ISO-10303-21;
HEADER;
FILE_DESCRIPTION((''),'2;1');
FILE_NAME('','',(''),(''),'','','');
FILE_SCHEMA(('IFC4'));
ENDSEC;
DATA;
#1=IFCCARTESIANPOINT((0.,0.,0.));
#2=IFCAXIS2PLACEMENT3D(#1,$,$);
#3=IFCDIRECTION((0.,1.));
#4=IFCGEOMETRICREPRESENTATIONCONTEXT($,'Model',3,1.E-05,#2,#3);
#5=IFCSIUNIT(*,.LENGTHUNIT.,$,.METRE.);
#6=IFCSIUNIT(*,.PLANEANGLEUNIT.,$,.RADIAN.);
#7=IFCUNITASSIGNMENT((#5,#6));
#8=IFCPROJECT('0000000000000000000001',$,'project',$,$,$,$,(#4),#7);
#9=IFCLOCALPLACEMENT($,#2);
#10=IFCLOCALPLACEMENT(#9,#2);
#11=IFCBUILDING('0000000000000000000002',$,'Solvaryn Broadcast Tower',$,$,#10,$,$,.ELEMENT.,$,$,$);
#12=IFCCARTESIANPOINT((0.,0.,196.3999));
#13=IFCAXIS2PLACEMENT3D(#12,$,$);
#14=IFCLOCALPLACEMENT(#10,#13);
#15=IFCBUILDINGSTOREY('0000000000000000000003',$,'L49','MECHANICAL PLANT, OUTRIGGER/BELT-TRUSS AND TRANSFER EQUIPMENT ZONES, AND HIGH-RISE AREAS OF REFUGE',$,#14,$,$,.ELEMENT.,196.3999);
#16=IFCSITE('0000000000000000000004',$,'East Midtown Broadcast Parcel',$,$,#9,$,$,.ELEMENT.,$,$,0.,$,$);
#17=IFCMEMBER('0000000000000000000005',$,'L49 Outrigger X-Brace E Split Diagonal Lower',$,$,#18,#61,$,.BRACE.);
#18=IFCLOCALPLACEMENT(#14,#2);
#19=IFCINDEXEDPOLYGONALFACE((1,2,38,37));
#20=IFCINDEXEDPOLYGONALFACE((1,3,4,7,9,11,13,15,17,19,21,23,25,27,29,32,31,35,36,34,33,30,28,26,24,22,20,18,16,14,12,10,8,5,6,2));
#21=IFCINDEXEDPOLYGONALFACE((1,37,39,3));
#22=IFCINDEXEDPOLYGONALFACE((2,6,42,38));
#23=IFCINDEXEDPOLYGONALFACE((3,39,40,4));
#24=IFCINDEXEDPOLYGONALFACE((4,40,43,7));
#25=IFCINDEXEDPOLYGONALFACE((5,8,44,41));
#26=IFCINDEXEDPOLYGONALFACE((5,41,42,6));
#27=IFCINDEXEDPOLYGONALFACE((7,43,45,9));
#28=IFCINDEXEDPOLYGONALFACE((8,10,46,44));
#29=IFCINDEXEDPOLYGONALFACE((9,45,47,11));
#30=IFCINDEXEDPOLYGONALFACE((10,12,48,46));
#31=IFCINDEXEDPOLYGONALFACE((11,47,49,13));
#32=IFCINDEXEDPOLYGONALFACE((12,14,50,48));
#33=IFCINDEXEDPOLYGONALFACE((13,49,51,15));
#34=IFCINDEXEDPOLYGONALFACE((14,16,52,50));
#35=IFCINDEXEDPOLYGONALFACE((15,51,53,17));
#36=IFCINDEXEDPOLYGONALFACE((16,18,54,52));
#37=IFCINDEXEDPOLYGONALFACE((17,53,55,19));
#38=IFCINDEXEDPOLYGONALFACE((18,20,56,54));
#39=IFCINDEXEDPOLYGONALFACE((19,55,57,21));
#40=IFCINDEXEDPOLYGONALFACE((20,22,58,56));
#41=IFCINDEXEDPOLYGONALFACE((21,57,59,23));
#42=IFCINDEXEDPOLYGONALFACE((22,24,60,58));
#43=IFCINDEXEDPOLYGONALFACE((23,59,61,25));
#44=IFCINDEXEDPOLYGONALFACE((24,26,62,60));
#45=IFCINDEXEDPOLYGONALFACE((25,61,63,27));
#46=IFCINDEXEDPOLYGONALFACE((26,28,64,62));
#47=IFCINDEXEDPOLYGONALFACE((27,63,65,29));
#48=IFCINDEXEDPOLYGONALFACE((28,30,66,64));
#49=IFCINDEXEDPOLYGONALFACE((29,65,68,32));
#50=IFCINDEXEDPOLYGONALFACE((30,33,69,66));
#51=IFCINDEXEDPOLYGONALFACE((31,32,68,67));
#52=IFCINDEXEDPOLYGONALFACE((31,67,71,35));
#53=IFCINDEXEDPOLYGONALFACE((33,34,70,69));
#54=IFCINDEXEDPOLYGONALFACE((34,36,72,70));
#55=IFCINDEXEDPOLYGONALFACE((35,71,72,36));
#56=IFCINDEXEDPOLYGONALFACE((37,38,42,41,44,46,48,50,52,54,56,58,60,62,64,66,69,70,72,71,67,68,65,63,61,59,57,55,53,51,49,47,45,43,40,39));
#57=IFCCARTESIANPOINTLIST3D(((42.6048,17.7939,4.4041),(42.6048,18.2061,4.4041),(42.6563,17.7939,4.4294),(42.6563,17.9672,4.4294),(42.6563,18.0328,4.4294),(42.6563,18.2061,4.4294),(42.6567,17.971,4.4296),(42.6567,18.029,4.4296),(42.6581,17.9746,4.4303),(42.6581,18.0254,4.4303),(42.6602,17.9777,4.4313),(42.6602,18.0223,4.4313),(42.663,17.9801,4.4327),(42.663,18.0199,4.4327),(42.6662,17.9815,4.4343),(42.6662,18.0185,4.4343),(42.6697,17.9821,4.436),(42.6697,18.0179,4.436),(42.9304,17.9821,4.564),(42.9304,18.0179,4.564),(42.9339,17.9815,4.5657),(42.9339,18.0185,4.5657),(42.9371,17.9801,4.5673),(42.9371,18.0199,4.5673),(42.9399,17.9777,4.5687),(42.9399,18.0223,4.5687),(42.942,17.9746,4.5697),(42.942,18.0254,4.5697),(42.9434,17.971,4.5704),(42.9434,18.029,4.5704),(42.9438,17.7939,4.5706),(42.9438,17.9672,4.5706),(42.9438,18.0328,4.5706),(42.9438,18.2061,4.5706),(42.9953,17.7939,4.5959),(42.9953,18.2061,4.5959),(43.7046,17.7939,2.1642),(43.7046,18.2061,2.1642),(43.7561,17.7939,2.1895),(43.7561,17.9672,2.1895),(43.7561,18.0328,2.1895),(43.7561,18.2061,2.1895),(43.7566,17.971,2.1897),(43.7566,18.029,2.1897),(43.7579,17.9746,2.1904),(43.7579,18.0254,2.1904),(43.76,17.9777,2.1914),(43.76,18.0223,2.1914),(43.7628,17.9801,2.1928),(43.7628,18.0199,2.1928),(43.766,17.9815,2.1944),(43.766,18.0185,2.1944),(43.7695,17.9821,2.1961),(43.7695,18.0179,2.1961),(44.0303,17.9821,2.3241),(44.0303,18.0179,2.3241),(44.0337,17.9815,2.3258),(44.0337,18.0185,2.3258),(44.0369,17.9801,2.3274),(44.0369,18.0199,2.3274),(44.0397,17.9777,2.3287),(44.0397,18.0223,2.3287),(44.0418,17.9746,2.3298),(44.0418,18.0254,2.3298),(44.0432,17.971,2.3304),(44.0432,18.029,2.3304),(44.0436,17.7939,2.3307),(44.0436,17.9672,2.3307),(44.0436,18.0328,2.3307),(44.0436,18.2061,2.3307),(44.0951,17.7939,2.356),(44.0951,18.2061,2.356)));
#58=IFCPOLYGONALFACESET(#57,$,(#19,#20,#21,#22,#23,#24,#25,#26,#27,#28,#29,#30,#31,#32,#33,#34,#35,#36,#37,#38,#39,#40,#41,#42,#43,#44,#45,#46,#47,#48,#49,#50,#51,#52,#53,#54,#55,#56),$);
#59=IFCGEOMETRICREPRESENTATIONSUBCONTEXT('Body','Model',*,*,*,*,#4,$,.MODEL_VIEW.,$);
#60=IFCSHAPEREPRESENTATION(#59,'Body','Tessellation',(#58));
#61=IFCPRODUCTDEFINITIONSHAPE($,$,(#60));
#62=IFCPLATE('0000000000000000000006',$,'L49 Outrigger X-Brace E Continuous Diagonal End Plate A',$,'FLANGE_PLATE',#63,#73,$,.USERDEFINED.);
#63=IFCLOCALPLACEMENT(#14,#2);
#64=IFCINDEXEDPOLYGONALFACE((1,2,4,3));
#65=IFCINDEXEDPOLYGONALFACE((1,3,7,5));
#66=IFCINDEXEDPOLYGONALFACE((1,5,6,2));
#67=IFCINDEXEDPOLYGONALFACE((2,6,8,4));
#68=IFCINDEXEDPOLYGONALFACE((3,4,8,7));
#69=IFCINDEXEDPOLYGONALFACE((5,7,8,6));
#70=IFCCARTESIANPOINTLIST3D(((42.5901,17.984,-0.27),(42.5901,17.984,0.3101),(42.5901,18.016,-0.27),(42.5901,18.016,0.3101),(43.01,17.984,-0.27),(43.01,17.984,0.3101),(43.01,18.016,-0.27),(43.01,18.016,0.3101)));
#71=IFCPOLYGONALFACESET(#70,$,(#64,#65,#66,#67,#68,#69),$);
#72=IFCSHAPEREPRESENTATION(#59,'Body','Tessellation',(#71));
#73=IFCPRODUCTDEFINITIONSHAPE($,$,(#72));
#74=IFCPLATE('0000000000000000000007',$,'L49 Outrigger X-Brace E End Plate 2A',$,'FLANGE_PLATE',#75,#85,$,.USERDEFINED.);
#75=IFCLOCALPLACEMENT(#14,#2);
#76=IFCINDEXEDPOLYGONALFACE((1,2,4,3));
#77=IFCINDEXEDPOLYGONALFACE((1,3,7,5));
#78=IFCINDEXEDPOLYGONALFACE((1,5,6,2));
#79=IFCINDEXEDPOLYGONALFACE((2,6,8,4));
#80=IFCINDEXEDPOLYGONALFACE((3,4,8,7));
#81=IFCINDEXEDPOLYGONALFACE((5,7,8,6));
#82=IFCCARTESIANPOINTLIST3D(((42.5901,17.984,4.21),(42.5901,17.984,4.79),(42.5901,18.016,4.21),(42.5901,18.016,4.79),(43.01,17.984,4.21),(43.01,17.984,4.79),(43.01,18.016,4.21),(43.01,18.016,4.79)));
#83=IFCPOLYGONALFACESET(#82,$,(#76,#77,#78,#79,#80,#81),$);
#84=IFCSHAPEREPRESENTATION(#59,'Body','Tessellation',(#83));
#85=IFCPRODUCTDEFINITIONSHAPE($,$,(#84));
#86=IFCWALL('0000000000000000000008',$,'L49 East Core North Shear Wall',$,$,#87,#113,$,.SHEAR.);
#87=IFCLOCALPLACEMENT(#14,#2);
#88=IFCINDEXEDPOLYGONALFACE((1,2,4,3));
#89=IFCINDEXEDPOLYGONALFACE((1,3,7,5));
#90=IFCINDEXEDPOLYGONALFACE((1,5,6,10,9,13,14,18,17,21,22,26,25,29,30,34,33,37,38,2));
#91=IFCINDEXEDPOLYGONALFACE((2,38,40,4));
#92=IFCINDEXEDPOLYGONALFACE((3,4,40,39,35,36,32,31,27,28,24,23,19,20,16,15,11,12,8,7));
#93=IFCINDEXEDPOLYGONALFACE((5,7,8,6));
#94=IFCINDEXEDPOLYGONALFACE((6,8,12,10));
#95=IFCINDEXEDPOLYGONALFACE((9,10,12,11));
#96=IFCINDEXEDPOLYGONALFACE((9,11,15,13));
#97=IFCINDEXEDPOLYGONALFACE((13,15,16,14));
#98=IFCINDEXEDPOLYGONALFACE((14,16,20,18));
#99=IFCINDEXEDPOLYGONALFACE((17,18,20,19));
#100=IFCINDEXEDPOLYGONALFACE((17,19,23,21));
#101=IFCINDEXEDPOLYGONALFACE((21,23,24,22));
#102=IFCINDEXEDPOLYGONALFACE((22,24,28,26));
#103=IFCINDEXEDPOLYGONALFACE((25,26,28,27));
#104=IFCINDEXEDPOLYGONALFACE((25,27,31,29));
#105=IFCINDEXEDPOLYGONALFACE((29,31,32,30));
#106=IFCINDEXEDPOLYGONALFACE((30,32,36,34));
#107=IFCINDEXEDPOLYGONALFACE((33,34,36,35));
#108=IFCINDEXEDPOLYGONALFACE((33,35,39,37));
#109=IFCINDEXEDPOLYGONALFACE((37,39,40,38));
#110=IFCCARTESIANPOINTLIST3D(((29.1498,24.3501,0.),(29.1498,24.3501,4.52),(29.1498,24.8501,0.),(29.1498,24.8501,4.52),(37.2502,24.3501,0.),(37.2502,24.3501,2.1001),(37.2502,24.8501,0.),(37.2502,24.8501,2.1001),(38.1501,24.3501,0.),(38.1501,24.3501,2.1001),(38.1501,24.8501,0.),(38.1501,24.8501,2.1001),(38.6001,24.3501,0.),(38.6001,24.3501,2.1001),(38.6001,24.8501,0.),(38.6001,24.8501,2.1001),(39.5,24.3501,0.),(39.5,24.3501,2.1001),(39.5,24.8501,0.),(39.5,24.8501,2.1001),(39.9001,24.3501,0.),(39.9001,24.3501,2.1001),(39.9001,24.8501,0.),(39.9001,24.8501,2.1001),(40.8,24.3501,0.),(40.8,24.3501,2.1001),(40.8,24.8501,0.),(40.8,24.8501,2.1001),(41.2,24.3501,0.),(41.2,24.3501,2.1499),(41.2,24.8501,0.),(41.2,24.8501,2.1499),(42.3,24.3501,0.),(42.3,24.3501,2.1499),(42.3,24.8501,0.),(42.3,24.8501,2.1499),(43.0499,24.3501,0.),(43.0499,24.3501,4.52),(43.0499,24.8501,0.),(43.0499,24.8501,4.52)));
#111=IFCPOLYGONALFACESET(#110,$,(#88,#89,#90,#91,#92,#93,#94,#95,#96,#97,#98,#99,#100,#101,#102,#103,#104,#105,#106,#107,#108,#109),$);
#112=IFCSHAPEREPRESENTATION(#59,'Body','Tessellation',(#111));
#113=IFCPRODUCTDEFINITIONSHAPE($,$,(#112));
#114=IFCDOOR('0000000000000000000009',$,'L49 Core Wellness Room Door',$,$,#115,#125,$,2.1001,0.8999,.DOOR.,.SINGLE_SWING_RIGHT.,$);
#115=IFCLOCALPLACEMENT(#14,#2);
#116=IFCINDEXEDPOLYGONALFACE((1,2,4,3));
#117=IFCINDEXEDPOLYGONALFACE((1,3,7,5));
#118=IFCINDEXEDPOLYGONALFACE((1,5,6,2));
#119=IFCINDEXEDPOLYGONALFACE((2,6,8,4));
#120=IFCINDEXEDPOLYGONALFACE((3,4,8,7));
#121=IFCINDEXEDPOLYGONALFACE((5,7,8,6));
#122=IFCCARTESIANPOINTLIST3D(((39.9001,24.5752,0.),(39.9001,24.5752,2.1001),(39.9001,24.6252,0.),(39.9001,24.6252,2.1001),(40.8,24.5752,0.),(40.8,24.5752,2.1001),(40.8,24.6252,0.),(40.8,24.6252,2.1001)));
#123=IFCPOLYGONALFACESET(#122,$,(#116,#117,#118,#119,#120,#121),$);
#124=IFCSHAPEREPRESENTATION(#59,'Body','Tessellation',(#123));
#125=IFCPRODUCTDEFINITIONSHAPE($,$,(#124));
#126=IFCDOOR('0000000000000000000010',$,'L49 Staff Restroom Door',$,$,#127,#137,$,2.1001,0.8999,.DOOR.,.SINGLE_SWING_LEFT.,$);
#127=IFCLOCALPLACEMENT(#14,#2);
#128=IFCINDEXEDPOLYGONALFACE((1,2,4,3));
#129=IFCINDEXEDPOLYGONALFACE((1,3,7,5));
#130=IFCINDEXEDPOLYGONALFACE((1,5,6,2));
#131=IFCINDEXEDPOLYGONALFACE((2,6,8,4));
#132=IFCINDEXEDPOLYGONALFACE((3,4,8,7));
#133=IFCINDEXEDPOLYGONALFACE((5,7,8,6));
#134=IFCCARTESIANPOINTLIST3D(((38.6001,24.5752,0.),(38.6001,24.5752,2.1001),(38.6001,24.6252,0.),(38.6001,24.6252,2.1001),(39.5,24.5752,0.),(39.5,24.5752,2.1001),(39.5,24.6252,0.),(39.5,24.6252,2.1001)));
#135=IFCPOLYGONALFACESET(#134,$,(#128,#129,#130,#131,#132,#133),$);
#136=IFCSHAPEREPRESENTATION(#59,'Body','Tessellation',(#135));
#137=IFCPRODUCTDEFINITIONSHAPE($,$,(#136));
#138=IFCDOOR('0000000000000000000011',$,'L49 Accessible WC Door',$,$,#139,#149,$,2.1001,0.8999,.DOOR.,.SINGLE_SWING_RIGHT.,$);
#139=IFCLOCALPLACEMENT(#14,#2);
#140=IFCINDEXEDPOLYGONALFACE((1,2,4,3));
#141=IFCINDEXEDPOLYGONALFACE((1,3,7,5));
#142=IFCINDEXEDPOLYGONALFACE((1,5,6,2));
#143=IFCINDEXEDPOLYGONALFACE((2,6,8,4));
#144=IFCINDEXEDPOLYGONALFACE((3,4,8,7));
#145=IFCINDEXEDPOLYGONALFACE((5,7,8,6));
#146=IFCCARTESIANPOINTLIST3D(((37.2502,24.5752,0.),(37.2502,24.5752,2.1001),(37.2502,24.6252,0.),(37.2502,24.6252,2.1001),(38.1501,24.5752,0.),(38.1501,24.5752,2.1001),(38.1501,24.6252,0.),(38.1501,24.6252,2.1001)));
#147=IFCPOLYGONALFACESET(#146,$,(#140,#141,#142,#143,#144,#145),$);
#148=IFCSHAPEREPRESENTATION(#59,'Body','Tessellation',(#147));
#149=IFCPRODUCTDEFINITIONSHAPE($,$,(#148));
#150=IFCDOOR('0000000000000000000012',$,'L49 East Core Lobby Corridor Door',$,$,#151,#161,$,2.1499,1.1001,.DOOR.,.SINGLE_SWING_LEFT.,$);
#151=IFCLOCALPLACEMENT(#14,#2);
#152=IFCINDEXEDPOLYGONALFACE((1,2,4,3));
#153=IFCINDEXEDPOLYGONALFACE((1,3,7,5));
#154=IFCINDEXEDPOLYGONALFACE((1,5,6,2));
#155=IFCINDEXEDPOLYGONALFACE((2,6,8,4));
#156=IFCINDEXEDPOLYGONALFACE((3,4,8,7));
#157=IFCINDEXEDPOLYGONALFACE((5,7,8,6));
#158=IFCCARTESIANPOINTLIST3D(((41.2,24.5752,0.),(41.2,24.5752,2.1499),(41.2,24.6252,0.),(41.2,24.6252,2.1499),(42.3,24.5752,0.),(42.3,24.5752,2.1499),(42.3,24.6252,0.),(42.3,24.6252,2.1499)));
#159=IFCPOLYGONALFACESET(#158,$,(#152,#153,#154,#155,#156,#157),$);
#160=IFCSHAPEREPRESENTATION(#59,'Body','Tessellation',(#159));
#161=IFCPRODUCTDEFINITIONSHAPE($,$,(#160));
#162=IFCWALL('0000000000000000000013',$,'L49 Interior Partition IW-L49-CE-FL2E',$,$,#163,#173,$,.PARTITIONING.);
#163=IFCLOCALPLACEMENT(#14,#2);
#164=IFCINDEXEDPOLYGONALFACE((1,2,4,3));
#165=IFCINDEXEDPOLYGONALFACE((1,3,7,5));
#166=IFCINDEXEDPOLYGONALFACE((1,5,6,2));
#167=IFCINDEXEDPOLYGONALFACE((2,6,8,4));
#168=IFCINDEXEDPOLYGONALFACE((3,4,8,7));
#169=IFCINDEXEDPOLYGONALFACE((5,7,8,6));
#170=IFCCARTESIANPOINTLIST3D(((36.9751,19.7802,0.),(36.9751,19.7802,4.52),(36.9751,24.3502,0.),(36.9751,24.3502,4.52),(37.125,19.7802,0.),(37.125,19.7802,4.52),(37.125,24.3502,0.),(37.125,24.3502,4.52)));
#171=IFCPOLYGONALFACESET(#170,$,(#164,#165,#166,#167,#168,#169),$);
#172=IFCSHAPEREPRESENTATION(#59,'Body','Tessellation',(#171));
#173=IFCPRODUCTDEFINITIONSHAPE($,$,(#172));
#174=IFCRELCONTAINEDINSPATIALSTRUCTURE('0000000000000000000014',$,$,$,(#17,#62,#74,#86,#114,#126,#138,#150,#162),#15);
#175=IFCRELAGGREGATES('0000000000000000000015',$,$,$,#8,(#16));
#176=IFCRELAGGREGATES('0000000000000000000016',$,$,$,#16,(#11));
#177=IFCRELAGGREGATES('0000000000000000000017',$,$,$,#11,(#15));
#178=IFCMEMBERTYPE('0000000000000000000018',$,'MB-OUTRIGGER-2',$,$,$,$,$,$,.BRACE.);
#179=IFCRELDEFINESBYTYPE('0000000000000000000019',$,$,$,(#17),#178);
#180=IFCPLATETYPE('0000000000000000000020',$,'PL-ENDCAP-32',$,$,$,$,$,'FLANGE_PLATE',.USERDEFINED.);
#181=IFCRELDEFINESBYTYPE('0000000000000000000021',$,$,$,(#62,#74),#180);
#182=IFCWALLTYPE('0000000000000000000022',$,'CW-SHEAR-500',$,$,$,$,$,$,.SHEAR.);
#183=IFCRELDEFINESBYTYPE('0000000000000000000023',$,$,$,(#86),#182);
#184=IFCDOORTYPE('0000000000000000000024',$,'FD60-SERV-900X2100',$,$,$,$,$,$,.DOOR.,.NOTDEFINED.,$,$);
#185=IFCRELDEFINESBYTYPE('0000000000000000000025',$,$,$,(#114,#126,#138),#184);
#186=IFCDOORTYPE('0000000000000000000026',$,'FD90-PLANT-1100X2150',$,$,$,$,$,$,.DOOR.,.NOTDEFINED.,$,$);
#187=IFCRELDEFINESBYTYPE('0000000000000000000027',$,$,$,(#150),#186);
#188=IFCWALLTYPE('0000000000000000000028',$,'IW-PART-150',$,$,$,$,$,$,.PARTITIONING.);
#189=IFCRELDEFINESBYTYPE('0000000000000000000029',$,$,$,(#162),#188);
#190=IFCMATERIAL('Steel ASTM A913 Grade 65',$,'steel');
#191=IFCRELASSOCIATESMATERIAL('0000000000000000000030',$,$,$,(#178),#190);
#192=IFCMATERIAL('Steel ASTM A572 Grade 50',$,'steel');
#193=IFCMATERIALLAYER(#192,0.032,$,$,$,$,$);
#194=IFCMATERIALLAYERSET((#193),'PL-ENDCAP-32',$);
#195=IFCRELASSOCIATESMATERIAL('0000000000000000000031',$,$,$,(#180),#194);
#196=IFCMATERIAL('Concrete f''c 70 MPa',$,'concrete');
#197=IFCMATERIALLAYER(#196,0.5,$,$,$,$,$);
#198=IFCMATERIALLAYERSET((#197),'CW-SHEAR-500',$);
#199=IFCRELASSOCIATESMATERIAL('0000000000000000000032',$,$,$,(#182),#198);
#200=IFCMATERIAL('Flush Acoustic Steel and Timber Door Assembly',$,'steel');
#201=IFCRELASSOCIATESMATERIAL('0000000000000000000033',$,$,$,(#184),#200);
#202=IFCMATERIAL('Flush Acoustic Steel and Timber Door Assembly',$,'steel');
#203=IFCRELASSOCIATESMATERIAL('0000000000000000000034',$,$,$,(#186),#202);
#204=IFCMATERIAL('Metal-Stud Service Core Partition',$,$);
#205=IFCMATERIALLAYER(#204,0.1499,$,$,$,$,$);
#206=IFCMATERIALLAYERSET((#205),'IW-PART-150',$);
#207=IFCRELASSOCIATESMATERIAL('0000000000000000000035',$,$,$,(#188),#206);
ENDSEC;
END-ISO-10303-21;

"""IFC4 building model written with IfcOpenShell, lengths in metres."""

from ifc_helpers import new_model, si_unit, direction, frame, frame_2d, origin, origin_2d, place, context, subcontext, project, spatial, rectangle, i_section, extrude, material, layer, layer_set, material_profile, profile_set, type_object, element, fill, save


model = new_model("IFC4")

# Units and contexts
model_context = context("Model", 3, precision=1e-05, world=origin(), true_north=direction((0.0, 1.0)))
body_context = subcontext(model_context, "Body", "Model", "MODEL_VIEW")
ifc_project = project(units=[si_unit("LENGTHUNIT", "METRE"), si_unit("PLANEANGLEUNIT", "RADIAN")], contexts=[model_context])

# Site, building, storey
site_placement = place(None, origin())
site = spatial("IfcSite", under=ifc_project, at=site_placement, Name="East Midtown Broadcast Parcel", CompositionType="ELEMENT", RefElevation=0.0)
building_placement = place(site_placement, origin())
building = spatial("IfcBuilding", under=site, at=building_placement, Name="Solvaryn Broadcast Tower", CompositionType="ELEMENT")
storey_placement = place(building_placement, frame((0.0, 0.0, 196.3999)))
storey = spatial("IfcBuildingStorey", under=building, at=storey_placement, Name="L49", Description="MECHANICAL PLANT, OUTRIGGER/BELT-TRUSS AND TRANSFER EQUIPMENT ZONES, AND HIGH-RISE AREAS OF REFUGE", CompositionType="ELEMENT", Elevation=196.3999)

# Member
ifc_material_1 = material(Name="Steel ASTM A913 Grade 65", Category="steel")
ifc_material_profile_1 = material_profile(ifc_material_1, i_section(OverallWidth=0.4121, OverallDepth=0.4351, WebThickness=0.0359, FlangeThickness=0.0574, FilletRadius=0.0149, at=origin_2d()))
ifc_profile_set_1 = profile_set([ifc_material_profile_1], Name="Steel ASTM A913 Grade 65")
member_type_1 = type_object("IfcMemberType", Name="MB-OUTRIGGER-2", PredefinedType="BRACE", material=ifc_profile_set_1)
member_1_placement = place(storey_placement, frame((42.8, 18.0, 4.5), z_axis=(0.440745, 0.0, -0.897632), x_axis=(0.0, 1.0, 0.0)))
element("IfcMember", 1, at=member_1_placement, inside=storey, type_object=member_type_1, Name="L49 Outrigger X-Brace E Split Diagonal Lower", PredefinedType="BRACE", context=body_context, shape_type="SweptSolid", body=[
    extrude(i_section(OverallWidth=0.4121, OverallDepth=0.4351, WebThickness=0.0359, FlangeThickness=0.0574, FilletRadius=0.0149, at=origin_2d()), origin(), (0.0, 0.0, 1.0), 2.4954),
])

# Plates
ifc_material_2 = material(Name="Steel ASTM A572 Grade 50", Category="steel")
ifc_layer_1 = layer(ifc_material_2, 0.032)
ifc_layer_set_1 = layer_set([ifc_layer_1], Name="PL-ENDCAP-32")
plate_type = type_object("IfcPlateType", Name="PL-ENDCAP-32", ElementType="FLANGE_PLATE", PredefinedType="USERDEFINED", material=ifc_layer_set_1)
for number, where, z_axis, x_axis, name in (
    (2, (42.8, 18.0, -0.27), (0.0, 0.0, 1.0), (1.0, 0.0, 0.0), "L49 Outrigger X-Brace E Continuous Diagonal End Plate A"),
    (3, (42.8, 18.0, 4.21), (0.0, 0.0, 1.0), (1.0, 0.0, 0.0), "L49 Outrigger X-Brace E End Plate 2A"),
):
    element("IfcPlate", number, at=place(storey_placement, frame(where, z_axis=z_axis, x_axis=x_axis)), inside=storey, type_object=plate_type, Name=name, ObjectType="FLANGE_PLATE", PredefinedType="USERDEFINED", context=body_context, shape_type="SweptSolid", body=[
        extrude(rectangle(XDim=0.4199, YDim=0.032, at=origin_2d()), origin(), (0.0, 0.0, 1.0), 0.5801),
    ])

# Wall, openings, doors
ifc_material_3 = material(Name="Concrete f'c 70 MPa", Category="concrete")
ifc_layer_2 = layer(ifc_material_3, 0.5)
ifc_layer_set_2 = layer_set([ifc_layer_2], Name="CW-SHEAR-500")
wall_type_1 = type_object("IfcWallType", Name="CW-SHEAR-500", PredefinedType="SHEAR", material=ifc_layer_set_2)
wall_1_placement = place(storey_placement, frame((43.05, 24.6001, 0.0), z_axis=(0.0, 0.0, 1.0), x_axis=(-1.0, 0.0, 0.0)))
wall_1 = element("IfcWall", 4, at=wall_1_placement, inside=storey, type_object=wall_type_1, Name="L49 East Core North Shear Wall", PredefinedType="SHEAR", context=body_context, shape_type="SweptSolid", body=[
    extrude(rectangle(XDim=13.9001, YDim=0.5, at=frame_2d((6.9502, 0.0))), origin(), (0.0, 0.0, 1.0), 4.52),
])
opening_1_placement = place(wall_1_placement, frame((0.75, 0.0, 0.0)))
opening_1 = element("IfcOpeningElement", 5, at=opening_1_placement, cuts=wall_1, PredefinedType="OPENING", context=body_context, shape_type="SweptSolid", body=[
    extrude(rectangle(XDim=1.1001, YDim=2.1499, at=frame_2d((0.55, 1.075))), frame((0.0, 0.26, 0.0), z_axis=(0.0, -1.0, 0.0), x_axis=(1.0, 0.0, 0.0)), (0.0, 0.0, 1.0), 0.52),
])
opening_2_placement = place(wall_1_placement, frame((2.25, 0.0, 0.0)))
opening_2 = element("IfcOpeningElement", 6, at=opening_2_placement, cuts=wall_1, PredefinedType="OPENING", context=body_context, shape_type="SweptSolid", body=[
    extrude(rectangle(XDim=0.8999, YDim=2.1001, at=frame_2d((0.45, 1.05))), frame((0.0, 0.26, 0.0), z_axis=(0.0, -1.0, 0.0), x_axis=(1.0, 0.0, 0.0)), (0.0, 0.0, 1.0), 0.52),
])
opening_3_placement = place(wall_1_placement, frame((3.55, 0.0, 0.0)))
opening_3 = element("IfcOpeningElement", 7, at=opening_3_placement, cuts=wall_1, PredefinedType="OPENING", context=body_context, shape_type="SweptSolid", body=[
    extrude(rectangle(XDim=0.8999, YDim=2.1001, at=frame_2d((0.45, 1.05))), frame((0.0, 0.26, 0.0), z_axis=(0.0, -1.0, 0.0), x_axis=(1.0, 0.0, 0.0)), (0.0, 0.0, 1.0), 0.52),
])
opening_4_placement = place(wall_1_placement, frame((4.8999, 0.0, 0.0)))
opening_4 = element("IfcOpeningElement", 8, at=opening_4_placement, cuts=wall_1, PredefinedType="OPENING", context=body_context, shape_type="SweptSolid", body=[
    extrude(rectangle(XDim=0.8999, YDim=2.1001, at=frame_2d((0.45, 1.05))), frame((0.0, 0.26, 0.0), z_axis=(0.0, -1.0, 0.0), x_axis=(1.0, 0.0, 0.0)), (0.0, 0.0, 1.0), 0.52),
])
ifc_material_4 = material(Name="Flush Acoustic Steel and Timber Door Assembly", Category="steel")
door_type_1 = type_object("IfcDoorType", Name="FD60-SERV-900X2100", OperationType="NOTDEFINED", PredefinedType="DOOR", material=ifc_material_4)
door_1_placement = place(opening_2_placement, origin())
door_1 = element("IfcDoor", 9, at=door_1_placement, inside=storey, type_object=door_type_1, Name="L49 Core Wellness Room Door", OperationType="SINGLE_SWING_RIGHT", OverallHeight=2.1001, OverallWidth=0.8999, PredefinedType="DOOR", context=body_context, shape_type="SweptSolid", body=[
    extrude(rectangle(XDim=0.8999, YDim=2.1001, at=frame_2d((0.45, 1.05))), frame((0.0, 0.0249, 0.0), z_axis=(0.0, -1.0, 0.0), x_axis=(1.0, 0.0, 0.0)), (0.0, 0.0, 1.0), 0.05),
])
fill(opening_2, door_1)
door_2_placement = place(opening_3_placement, origin())
door_2 = element("IfcDoor", 10, at=door_2_placement, inside=storey, type_object=door_type_1, Name="L49 Staff Restroom Door", OperationType="SINGLE_SWING_LEFT", OverallHeight=2.1001, OverallWidth=0.8999, PredefinedType="DOOR", context=body_context, shape_type="SweptSolid", body=[
    extrude(rectangle(XDim=0.8999, YDim=2.1001, at=frame_2d((0.45, 1.05))), frame((0.0, 0.0249, 0.0), z_axis=(0.0, -1.0, 0.0), x_axis=(1.0, 0.0, 0.0)), (0.0, 0.0, 1.0), 0.05),
])
fill(opening_3, door_2)
door_3_placement = place(opening_4_placement, origin())
door_3 = element("IfcDoor", 11, at=door_3_placement, inside=storey, type_object=door_type_1, Name="L49 Accessible WC Door", OperationType="SINGLE_SWING_RIGHT", OverallHeight=2.1001, OverallWidth=0.8999, PredefinedType="DOOR", context=body_context, shape_type="SweptSolid", body=[
    extrude(rectangle(XDim=0.8999, YDim=2.1001, at=frame_2d((0.45, 1.05))), frame((0.0, 0.0249, 0.0), z_axis=(0.0, -1.0, 0.0), x_axis=(1.0, 0.0, 0.0)), (0.0, 0.0, 1.0), 0.05),
])
fill(opening_4, door_3)
ifc_material_5 = material(Name="Flush Acoustic Steel and Timber Door Assembly", Category="steel")
door_type_2 = type_object("IfcDoorType", Name="FD90-PLANT-1100X2150", OperationType="NOTDEFINED", PredefinedType="DOOR", material=ifc_material_5)
door_4_placement = place(opening_1_placement, origin())
door_4 = element("IfcDoor", 12, at=door_4_placement, inside=storey, type_object=door_type_2, Name="L49 East Core Lobby Corridor Door", OperationType="SINGLE_SWING_LEFT", OverallHeight=2.1499, OverallWidth=1.1001, PredefinedType="DOOR", context=body_context, shape_type="SweptSolid", body=[
    extrude(rectangle(XDim=1.1001, YDim=2.1499, at=frame_2d((0.55, 1.075))), frame((0.0, 0.0249, 0.0), z_axis=(0.0, -1.0, 0.0), x_axis=(1.0, 0.0, 0.0)), (0.0, 0.0, 1.0), 0.05),
])
fill(opening_1, door_4)

# Wall
ifc_material_6 = material(Name="Metal-Stud Service Core Partition")
ifc_layer_3 = layer(ifc_material_6, 0.1499)
ifc_layer_set_3 = layer_set([ifc_layer_3], Name="IW-PART-150")
wall_type_2 = type_object("IfcWallType", Name="IW-PART-150", PredefinedType="PARTITIONING", material=ifc_layer_set_3)
for number, where, z_axis, x_axis, name in (
    (13, (37.05, 19.78, 0.0), (0.0, 0.0, 1.0), (0.0, 1.0, 0.0), "L49 Interior Partition IW-L49-CE-FL2E"),
):
    element("IfcWall", number, at=place(storey_placement, frame(where, z_axis=z_axis, x_axis=x_axis)), inside=storey, type_object=wall_type_2, Name=name, PredefinedType="PARTITIONING", context=body_context, shape_type="SweptSolid", body=[
        extrude(rectangle(XDim=4.5701, YDim=0.1499, at=frame_2d((2.2852, 0.0))), origin(), (0.0, 0.0, 1.0), 4.52),
    ])

save(model, "model.ifc")
